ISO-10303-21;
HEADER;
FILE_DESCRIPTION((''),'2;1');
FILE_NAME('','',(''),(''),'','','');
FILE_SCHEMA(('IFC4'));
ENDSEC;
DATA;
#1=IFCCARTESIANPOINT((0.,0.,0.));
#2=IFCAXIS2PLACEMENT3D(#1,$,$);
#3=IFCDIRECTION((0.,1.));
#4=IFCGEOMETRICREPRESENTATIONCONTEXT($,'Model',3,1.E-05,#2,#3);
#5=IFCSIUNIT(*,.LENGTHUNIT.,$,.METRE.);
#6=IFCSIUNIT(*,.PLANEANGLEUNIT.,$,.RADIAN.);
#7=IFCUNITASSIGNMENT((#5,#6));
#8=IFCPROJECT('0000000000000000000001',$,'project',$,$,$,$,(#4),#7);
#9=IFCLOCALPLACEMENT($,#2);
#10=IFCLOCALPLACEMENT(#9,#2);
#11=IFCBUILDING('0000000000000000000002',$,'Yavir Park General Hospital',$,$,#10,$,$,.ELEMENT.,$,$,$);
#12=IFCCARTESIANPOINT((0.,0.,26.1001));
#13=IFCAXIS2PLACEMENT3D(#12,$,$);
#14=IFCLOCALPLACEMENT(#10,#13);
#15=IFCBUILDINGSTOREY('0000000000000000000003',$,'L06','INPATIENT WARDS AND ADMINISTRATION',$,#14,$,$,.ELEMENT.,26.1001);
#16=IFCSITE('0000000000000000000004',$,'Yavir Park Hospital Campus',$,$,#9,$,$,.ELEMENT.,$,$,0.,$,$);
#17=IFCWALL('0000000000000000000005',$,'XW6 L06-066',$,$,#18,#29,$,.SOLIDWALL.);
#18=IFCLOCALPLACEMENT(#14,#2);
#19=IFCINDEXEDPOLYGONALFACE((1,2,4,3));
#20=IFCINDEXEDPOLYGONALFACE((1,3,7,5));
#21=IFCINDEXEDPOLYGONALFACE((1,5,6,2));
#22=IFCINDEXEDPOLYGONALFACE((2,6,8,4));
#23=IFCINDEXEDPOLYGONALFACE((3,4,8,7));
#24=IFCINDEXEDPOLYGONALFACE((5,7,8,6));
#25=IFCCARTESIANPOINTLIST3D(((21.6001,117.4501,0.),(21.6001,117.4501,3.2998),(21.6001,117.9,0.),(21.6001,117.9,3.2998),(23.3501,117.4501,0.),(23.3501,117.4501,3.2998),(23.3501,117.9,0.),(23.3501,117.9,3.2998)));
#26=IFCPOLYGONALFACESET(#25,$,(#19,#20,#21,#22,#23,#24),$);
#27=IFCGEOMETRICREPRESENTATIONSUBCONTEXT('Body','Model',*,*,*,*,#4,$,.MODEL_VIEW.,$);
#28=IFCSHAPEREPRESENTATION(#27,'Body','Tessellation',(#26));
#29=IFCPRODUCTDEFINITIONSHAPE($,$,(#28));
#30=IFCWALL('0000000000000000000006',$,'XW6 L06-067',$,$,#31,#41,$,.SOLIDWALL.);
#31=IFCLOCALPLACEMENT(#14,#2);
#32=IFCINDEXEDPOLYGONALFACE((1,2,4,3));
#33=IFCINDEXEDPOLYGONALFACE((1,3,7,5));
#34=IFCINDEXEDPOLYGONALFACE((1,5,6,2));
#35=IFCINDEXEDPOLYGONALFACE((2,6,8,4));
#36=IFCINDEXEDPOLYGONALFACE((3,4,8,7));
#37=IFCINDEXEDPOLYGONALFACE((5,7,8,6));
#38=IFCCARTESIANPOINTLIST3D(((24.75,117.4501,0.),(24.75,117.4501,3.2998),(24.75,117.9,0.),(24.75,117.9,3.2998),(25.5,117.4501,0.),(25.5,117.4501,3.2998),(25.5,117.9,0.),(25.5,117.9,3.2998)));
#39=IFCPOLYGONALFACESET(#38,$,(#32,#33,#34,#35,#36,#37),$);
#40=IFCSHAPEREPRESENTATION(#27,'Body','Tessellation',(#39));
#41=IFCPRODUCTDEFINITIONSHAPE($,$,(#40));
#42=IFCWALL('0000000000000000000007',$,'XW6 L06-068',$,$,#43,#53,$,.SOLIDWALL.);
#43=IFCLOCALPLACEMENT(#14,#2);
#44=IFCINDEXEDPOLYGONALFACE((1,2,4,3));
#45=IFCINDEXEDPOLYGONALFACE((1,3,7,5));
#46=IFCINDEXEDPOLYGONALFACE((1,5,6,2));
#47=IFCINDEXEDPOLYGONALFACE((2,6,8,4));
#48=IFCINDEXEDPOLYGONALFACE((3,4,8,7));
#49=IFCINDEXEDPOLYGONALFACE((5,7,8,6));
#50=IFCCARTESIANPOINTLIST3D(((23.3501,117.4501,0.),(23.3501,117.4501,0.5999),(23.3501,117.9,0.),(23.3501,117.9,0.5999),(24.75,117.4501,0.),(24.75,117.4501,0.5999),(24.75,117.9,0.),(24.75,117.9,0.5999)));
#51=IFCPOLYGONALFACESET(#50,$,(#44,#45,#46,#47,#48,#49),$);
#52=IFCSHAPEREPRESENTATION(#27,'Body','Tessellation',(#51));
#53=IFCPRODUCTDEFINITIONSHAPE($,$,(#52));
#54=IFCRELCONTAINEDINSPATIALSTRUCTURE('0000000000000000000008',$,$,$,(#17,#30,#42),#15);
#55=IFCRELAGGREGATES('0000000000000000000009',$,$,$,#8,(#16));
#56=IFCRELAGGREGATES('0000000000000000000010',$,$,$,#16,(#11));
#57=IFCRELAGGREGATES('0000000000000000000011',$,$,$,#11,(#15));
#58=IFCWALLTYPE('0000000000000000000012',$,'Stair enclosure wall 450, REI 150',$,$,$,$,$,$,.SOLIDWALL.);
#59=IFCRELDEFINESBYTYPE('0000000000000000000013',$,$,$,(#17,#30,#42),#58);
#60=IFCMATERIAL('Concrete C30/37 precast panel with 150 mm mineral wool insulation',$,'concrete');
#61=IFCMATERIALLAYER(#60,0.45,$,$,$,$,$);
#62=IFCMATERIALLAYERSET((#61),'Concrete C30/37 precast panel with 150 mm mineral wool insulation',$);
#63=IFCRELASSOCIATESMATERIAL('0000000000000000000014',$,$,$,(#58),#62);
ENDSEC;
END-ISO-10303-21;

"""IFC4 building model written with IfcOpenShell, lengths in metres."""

from ifc_helpers import new_model, si_unit, direction, frame, frame_2d, origin, place, context, subcontext, project, spatial, rectangle, extrude, material, layer, layer_set, type_object, element, save


model = new_model("IFC4")

# Units and contexts
model_context = context("Model", 3, precision=1e-05, world=origin(), true_north=direction((0.0, 1.0)))
body_context = subcontext(model_context, "Body", "Model", "MODEL_VIEW")
ifc_project = project(units=[si_unit("LENGTHUNIT", "METRE"), si_unit("PLANEANGLEUNIT", "RADIAN")], contexts=[model_context])

# Site, building, storey
site_placement = place(None, origin())
site = spatial("IfcSite", under=ifc_project, at=site_placement, Name="Yavir Park Hospital Campus", CompositionType="ELEMENT", RefElevation=0.0)
building_placement = place(site_placement, origin())
building = spatial("IfcBuilding", under=site, at=building_placement, Name="Yavir Park General Hospital", CompositionType="ELEMENT")
storey_placement = place(building_placement, frame((0.0, 0.0, 26.1001)))
storey = spatial("IfcBuildingStorey", under=building, at=storey_placement, Name="L06", Description="INPATIENT WARDS AND ADMINISTRATION", CompositionType="ELEMENT", Elevation=26.1001)

# Walls
ifc_material_1 = material(Name="Concrete C30/37 precast panel with 150 mm mineral wool insulation", Category="concrete")
ifc_layer_1 = layer(ifc_material_1, 0.45)
ifc_layer_set_1 = layer_set([ifc_layer_1], Name="Concrete C30/37 precast panel with 150 mm mineral wool insulation")
wall_type_1 = type_object("IfcWallType", Name="Stair enclosure wall 450, REI 150", PredefinedType="SOLIDWALL", material=ifc_layer_set_1)
wall_1_placement = place(storey_placement, frame((21.6001, 117.675, 0.0), z_axis=(0.0, 0.0, 1.0), x_axis=(1.0, 0.0, 0.0)))
element("IfcWall", 1, at=wall_1_placement, inside=storey, type_object=wall_type_1, Name="XW6 L06-066", PredefinedType="SOLIDWALL", context=body_context, shape_type="SweptSolid", body=[
    extrude(rectangle(XDim=1.75, YDim=0.45, at=frame_2d((0.875, 0.0))), origin(), (0.0, 0.0, 1.0), 3.2998),
])
wall_2_placement = place(storey_placement, frame((24.75, 117.675, 0.0), z_axis=(0.0, 0.0, 1.0), x_axis=(1.0, 0.0, 0.0)))
element("IfcWall", 2, at=wall_2_placement, inside=storey, type_object=wall_type_1, Name="XW6 L06-067", PredefinedType="SOLIDWALL", context=body_context, shape_type="SweptSolid", body=[
    extrude(rectangle(XDim=0.75, YDim=0.45, at=frame_2d((0.375, 0.0))), origin(), (0.0, 0.0, 1.0), 3.2998),
])
wall_3_placement = place(storey_placement, frame((23.3501, 117.675, 0.0), z_axis=(0.0, 0.0, 1.0), x_axis=(1.0, 0.0, 0.0)))
element("IfcWall", 3, at=wall_3_placement, inside=storey, type_object=wall_type_1, Name="XW6 L06-068", PredefinedType="SOLIDWALL", context=body_context, shape_type="SweptSolid", body=[
    extrude(rectangle(XDim=1.3999, YDim=0.45, at=frame_2d((0.7, 0.0))), origin(), (0.0, 0.0, 1.0), 0.5999),
])

save(model, "model.ifc")
